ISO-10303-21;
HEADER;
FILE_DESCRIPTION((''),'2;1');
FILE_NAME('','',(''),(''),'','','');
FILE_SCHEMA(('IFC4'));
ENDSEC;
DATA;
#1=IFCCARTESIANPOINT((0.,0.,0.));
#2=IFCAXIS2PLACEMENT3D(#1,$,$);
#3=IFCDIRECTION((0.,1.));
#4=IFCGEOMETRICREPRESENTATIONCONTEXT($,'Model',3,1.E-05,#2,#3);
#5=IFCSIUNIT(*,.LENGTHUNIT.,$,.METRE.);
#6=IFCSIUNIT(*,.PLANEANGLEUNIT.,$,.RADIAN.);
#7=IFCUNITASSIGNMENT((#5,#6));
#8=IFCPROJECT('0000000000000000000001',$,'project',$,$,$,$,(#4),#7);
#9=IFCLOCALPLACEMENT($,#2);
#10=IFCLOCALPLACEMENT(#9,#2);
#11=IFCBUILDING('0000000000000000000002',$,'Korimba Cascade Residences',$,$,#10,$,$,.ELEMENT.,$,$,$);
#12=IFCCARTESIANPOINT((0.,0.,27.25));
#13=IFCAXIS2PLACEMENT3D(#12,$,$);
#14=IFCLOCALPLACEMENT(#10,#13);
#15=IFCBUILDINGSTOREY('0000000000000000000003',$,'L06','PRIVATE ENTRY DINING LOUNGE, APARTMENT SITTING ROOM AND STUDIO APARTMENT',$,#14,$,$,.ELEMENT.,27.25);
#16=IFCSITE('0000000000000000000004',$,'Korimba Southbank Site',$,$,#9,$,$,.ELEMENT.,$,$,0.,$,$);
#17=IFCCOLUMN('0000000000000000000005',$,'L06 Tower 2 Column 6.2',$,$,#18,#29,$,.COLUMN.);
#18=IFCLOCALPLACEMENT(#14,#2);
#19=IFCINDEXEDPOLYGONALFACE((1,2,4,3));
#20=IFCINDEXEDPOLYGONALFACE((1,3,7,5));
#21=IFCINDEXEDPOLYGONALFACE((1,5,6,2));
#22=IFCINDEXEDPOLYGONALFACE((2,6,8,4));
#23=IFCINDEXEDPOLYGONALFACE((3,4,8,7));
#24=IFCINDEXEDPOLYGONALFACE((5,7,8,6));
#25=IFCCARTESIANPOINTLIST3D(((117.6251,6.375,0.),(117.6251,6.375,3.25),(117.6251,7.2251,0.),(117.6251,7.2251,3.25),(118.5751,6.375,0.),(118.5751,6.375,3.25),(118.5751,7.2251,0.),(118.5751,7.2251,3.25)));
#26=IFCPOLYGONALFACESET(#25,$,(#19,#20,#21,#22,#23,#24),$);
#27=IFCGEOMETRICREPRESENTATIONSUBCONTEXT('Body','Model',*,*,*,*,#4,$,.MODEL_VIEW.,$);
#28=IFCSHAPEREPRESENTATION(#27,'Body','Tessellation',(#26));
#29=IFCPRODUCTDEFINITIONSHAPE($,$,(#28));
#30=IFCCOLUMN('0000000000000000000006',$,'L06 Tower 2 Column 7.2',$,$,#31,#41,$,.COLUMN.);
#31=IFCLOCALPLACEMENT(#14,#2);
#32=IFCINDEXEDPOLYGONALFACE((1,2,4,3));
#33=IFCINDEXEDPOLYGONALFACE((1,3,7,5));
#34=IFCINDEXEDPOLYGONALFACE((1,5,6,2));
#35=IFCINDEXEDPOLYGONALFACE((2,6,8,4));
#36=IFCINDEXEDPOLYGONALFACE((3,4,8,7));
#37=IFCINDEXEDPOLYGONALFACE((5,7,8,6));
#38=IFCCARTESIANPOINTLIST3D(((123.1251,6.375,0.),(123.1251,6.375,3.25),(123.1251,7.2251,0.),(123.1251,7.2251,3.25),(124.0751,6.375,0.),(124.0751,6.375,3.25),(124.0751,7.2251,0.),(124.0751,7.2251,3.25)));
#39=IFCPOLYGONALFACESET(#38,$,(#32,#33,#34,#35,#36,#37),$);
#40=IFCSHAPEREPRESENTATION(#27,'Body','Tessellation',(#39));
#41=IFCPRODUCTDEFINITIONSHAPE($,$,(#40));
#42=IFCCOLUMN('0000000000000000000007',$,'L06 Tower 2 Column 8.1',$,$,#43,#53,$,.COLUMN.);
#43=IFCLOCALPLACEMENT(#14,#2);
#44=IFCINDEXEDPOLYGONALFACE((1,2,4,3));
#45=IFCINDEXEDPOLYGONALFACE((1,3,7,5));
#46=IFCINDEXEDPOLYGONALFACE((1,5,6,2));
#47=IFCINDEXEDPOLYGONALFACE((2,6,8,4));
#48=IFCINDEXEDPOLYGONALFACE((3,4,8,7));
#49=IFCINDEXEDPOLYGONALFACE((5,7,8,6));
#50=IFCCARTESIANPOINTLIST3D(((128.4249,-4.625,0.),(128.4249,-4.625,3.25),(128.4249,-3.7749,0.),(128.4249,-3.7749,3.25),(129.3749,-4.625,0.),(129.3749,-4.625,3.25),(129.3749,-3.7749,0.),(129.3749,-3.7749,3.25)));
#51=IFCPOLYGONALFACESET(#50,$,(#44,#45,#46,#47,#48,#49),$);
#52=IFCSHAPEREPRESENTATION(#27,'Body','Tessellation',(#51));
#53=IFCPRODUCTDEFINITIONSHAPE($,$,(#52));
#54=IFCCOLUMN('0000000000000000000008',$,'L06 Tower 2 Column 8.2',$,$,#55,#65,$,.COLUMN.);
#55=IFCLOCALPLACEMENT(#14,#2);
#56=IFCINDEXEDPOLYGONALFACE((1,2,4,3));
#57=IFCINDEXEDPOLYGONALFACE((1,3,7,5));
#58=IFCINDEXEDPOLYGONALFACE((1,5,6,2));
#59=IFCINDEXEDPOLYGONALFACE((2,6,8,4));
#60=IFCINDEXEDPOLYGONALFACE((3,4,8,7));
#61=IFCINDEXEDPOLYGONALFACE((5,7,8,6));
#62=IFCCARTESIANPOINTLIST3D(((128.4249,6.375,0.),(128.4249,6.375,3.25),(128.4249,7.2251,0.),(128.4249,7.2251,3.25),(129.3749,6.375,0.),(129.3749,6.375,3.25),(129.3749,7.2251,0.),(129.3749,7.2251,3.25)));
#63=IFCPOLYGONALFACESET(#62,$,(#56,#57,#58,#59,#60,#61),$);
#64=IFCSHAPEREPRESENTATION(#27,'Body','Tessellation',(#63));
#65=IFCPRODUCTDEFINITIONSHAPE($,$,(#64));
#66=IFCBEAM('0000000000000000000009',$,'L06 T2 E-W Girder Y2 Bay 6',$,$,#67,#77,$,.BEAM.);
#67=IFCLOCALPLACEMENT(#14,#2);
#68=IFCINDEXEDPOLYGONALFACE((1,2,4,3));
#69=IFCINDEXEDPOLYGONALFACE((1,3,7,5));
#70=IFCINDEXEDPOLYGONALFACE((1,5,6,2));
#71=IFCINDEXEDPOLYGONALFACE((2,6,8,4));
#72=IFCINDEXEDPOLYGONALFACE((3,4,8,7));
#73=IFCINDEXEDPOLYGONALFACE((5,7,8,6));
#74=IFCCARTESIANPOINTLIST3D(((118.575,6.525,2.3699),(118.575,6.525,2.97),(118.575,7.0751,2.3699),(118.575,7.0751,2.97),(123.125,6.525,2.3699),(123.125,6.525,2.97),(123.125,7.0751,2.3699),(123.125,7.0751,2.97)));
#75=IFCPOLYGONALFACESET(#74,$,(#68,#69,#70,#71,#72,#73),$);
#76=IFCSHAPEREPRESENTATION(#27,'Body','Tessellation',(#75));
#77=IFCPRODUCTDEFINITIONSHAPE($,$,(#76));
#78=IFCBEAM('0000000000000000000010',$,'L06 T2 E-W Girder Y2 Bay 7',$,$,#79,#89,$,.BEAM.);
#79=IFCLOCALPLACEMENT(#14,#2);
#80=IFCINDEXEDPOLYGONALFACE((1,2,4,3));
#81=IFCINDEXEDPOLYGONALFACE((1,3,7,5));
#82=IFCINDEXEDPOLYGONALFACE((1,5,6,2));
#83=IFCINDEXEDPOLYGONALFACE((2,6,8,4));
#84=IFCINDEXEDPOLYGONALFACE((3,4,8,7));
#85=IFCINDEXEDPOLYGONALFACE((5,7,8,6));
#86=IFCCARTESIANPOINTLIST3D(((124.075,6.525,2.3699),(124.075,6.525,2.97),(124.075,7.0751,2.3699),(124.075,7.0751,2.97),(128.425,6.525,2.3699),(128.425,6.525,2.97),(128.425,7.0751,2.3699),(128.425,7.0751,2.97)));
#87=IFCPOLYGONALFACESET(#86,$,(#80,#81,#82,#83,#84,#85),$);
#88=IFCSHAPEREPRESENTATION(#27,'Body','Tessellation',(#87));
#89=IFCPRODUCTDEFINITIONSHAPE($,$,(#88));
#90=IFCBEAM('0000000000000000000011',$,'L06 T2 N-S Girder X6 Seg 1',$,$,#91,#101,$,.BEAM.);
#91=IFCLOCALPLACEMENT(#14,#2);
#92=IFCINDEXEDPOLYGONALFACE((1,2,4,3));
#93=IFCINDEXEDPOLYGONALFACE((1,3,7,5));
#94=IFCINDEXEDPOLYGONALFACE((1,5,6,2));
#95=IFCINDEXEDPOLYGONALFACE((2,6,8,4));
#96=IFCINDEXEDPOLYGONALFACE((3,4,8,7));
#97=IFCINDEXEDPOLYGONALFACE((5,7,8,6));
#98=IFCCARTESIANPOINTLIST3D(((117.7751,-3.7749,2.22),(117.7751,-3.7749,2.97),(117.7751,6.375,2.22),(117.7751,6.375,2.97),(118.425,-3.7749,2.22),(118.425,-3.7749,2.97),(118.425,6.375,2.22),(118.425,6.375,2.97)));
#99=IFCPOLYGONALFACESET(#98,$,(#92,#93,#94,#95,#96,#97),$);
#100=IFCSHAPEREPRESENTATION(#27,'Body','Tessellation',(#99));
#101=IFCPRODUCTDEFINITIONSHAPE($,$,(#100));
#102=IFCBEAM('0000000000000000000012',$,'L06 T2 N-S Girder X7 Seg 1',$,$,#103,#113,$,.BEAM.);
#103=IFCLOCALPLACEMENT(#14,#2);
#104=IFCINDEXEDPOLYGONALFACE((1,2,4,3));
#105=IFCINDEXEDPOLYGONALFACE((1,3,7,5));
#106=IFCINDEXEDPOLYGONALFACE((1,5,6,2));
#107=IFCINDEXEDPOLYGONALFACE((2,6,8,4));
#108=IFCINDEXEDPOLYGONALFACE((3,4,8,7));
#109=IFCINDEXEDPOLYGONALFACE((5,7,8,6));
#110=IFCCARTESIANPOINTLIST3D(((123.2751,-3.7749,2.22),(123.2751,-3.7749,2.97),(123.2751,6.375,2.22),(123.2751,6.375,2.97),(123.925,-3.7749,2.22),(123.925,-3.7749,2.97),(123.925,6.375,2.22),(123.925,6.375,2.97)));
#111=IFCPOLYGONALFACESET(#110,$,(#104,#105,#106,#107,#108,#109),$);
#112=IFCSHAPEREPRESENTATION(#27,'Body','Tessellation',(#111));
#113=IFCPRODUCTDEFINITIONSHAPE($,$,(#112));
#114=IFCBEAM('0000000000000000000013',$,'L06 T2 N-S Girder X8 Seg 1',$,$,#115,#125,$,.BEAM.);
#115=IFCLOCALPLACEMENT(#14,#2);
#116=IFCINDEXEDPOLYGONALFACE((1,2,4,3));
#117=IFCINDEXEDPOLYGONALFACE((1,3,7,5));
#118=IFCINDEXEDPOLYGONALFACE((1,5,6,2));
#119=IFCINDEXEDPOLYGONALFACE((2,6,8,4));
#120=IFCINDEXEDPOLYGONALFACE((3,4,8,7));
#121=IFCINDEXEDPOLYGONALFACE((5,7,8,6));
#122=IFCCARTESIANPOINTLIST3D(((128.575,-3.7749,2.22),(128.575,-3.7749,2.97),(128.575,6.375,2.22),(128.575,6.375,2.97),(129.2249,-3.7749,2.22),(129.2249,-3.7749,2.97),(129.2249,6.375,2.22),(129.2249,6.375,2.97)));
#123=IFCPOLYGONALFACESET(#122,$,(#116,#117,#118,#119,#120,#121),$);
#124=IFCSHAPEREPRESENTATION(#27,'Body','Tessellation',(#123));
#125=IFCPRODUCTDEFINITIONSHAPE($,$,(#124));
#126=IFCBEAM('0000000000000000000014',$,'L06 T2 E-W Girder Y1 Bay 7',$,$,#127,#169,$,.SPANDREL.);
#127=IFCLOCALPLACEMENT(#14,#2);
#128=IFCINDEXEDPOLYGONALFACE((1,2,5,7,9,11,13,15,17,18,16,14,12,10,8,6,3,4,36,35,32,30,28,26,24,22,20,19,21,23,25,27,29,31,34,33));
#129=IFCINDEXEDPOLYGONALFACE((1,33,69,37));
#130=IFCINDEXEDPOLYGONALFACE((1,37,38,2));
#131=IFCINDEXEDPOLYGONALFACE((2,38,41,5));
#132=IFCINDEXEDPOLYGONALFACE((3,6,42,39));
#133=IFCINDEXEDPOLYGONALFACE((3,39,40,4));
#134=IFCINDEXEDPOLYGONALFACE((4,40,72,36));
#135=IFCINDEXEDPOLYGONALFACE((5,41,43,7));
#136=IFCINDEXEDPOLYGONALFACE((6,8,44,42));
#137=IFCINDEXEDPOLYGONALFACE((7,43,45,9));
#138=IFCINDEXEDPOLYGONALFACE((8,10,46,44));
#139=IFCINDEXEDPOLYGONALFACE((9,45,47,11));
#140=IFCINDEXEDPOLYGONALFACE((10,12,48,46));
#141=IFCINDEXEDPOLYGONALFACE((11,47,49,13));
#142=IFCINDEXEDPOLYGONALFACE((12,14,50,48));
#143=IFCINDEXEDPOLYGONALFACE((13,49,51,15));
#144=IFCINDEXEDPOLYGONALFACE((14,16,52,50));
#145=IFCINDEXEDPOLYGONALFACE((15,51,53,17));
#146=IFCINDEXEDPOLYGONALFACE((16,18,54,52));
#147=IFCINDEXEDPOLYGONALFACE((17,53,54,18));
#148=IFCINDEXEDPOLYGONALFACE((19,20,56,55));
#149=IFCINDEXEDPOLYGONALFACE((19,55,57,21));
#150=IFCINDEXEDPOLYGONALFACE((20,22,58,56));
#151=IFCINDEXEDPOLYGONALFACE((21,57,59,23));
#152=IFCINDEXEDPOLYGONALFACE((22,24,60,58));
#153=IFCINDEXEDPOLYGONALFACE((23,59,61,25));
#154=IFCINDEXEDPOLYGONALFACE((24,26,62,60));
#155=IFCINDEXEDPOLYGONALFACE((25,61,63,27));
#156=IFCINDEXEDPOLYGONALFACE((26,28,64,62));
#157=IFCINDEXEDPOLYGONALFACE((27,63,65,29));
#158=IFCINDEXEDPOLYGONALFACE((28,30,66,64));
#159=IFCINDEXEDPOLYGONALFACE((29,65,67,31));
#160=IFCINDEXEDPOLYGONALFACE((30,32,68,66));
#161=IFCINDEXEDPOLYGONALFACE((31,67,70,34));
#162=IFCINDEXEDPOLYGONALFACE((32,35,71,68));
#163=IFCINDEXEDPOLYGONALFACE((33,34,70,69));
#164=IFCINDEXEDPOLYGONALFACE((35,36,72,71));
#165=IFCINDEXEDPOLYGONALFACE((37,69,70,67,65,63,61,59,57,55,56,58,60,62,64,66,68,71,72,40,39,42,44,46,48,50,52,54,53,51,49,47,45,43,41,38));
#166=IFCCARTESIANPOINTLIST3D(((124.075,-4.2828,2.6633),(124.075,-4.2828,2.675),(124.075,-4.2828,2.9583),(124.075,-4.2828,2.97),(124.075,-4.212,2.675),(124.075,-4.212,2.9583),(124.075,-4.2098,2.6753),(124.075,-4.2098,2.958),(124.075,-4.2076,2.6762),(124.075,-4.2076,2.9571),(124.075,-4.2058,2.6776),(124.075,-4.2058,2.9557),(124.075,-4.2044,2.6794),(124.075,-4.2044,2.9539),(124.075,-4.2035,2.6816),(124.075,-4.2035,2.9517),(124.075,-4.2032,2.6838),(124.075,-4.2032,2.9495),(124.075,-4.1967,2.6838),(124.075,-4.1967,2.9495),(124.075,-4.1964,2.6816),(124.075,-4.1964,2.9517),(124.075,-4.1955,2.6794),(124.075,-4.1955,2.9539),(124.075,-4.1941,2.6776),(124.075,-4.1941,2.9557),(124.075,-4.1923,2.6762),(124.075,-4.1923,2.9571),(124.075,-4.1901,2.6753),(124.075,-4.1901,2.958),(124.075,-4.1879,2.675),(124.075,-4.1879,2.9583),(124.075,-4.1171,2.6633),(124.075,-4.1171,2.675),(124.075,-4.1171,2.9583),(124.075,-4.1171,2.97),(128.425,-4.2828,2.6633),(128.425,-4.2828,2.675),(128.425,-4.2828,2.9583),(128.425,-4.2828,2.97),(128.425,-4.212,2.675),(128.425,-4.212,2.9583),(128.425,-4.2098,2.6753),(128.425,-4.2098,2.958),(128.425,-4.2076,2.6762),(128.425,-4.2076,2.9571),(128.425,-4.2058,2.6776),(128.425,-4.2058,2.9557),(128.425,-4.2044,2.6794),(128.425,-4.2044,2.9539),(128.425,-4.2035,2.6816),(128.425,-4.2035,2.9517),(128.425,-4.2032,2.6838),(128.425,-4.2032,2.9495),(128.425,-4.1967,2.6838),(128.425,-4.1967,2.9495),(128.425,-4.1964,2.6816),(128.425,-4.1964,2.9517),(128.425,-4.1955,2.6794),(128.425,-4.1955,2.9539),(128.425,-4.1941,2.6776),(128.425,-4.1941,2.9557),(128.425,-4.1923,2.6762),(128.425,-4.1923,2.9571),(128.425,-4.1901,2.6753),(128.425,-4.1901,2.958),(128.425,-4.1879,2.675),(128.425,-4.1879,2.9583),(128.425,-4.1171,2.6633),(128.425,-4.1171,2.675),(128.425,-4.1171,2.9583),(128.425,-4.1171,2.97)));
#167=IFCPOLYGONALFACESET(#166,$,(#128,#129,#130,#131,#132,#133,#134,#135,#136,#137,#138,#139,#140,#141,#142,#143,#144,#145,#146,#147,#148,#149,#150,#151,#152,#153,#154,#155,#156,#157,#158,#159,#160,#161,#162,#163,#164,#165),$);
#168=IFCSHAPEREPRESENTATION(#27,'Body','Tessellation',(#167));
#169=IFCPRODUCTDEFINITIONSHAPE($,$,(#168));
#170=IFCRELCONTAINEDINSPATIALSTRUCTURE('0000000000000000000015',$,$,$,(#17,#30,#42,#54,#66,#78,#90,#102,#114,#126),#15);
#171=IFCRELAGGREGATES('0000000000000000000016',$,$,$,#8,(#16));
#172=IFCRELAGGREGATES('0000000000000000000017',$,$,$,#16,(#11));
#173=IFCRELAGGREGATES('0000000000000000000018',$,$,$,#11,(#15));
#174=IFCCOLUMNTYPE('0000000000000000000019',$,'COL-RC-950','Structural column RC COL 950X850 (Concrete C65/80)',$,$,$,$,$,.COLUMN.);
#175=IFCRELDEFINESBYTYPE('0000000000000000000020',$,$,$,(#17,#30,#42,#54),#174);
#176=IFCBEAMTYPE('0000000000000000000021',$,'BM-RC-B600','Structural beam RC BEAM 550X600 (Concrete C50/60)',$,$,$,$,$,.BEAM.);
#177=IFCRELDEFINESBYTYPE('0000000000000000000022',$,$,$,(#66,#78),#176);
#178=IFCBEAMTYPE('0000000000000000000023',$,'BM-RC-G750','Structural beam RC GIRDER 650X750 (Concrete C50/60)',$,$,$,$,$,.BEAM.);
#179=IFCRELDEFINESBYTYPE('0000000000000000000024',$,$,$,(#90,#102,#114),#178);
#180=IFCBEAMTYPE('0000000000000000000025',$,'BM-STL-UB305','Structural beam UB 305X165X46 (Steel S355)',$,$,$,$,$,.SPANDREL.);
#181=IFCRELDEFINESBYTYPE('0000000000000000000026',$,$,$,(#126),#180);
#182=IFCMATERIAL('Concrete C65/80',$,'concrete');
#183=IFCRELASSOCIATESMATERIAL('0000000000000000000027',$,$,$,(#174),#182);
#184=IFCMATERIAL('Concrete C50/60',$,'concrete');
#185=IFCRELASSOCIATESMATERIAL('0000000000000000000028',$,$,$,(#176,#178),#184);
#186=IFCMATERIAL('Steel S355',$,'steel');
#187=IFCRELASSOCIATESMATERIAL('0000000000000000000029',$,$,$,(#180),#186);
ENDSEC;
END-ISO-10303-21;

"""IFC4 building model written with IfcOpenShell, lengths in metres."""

from ifc_helpers import new_model, si_unit, direction, frame, origin, origin_2d, place, context, subcontext, project, spatial, rectangle, i_section, extrude, material, material_profile, profile_set, type_object, element, save


model = new_model("IFC4")

# Units and contexts
model_context = context("Model", 3, precision=1e-05, world=origin(), true_north=direction((0.0, 1.0)))
body_context = subcontext(model_context, "Body", "Model", "MODEL_VIEW")
ifc_project = project(units=[si_unit("LENGTHUNIT", "METRE"), si_unit("PLANEANGLEUNIT", "RADIAN")], contexts=[model_context])

# Site, building, storey
site_placement = place(None, origin())
site = spatial("IfcSite", under=ifc_project, at=site_placement, Name="Korimba Southbank Site", CompositionType="ELEMENT", RefElevation=0.0)
building_placement = place(site_placement, origin())
building = spatial("IfcBuilding", under=site, at=building_placement, Name="Korimba Cascade Residences", CompositionType="ELEMENT")
storey_placement = place(building_placement, frame((0.0, 0.0, 27.25)))
storey = spatial("IfcBuildingStorey", under=building, at=storey_placement, Name="L06", Description="PRIVATE ENTRY DINING LOUNGE, APARTMENT SITTING ROOM AND STUDIO APARTMENT", CompositionType="ELEMENT", Elevation=27.25)

# Columns
ifc_material_1 = material(Name="Concrete C65/80", Category="concrete")
ifc_material_profile_1 = material_profile(ifc_material_1, rectangle(XDim=0.95, YDim=0.8501, at=origin_2d()), Name="Concrete C65/80")
ifc_profile_set_1 = profile_set([ifc_material_profile_1], Name="Concrete C65/80")
column_type = type_object("IfcColumnType", Name="COL-RC-950", Description="Structural column RC COL 950X850 (Concrete C65/80)", PredefinedType="COLUMN", material=ifc_profile_set_1)
for number, where, z_axis, x_axis, name in (
    (1, (118.1001, 6.8, 0.0), (0.0, 0.0, 1.0), (1.0, 0.0, 0.0), "L06 Tower 2 Column 6.2"),
    (2, (123.6001, 6.8, 0.0), (0.0, 0.0, 1.0), (1.0, 0.0, 0.0), "L06 Tower 2 Column 7.2"),
    (3, (128.8999, -4.2, 0.0), (0.0, 0.0, 1.0), (1.0, 0.0, 0.0), "L06 Tower 2 Column 8.1"),
    (4, (128.8999, 6.8, 0.0), (0.0, 0.0, 1.0), (1.0, 0.0, 0.0), "L06 Tower 2 Column 8.2"),
):
    element("IfcColumn", number, at=place(storey_placement, frame(where, z_axis=z_axis, x_axis=x_axis)), inside=storey, type_object=column_type, Name=name, PredefinedType="COLUMN", context=body_context, shape_type="SweptSolid", body=[
        extrude(rectangle(XDim=0.95, YDim=0.8501, at=origin_2d()), origin(), (0.0, 0.0, 1.0), 3.25),
    ])

# Beams
ifc_material_2 = material(Name="Concrete C50/60", Category="concrete")
ifc_material_profile_2 = material_profile(ifc_material_2, rectangle(XDim=0.55, YDim=0.6001, at=origin_2d()), Name="Concrete C50/60")
ifc_profile_set_2 = profile_set([ifc_material_profile_2], Name="Concrete C50/60")
beam_type_1 = type_object("IfcBeamType", Name="BM-RC-B600", Description="Structural beam RC BEAM 550X600 (Concrete C50/60)", PredefinedType="BEAM", material=ifc_profile_set_2)
beam_1_placement = place(storey_placement, frame((118.575, 6.8, 2.6699), z_axis=(1.0, 0.0, 0.0), x_axis=(0.0, 1.0, 0.0)))
element("IfcBeam", 5, at=beam_1_placement, inside=storey, type_object=beam_type_1, Name="L06 T2 E-W Girder Y2 Bay 6", PredefinedType="BEAM", context=body_context, shape_type="SweptSolid", body=[
    extrude(rectangle(XDim=0.55, YDim=0.6001, at=origin_2d()), origin(), (0.0, 0.0, 1.0), 4.55),
])
beam_2_placement = place(storey_placement, frame((124.075, 6.8, 2.6699), z_axis=(1.0, 0.0, 0.0), x_axis=(0.0, 1.0, 0.0)))
element("IfcBeam", 6, at=beam_2_placement, inside=storey, type_object=beam_type_1, Name="L06 T2 E-W Girder Y2 Bay 7", PredefinedType="BEAM", context=body_context, shape_type="SweptSolid", body=[
    extrude(rectangle(XDim=0.55, YDim=0.6001, at=origin_2d()), origin(), (0.0, 0.0, 1.0), 4.3501),
])
ifc_material_profile_3 = material_profile(ifc_material_2, rectangle(XDim=0.6499, YDim=0.75, at=origin_2d()), Name="Concrete C50/60")
ifc_profile_set_3 = profile_set([ifc_material_profile_3], Name="Concrete C50/60")
beam_type_2 = type_object("IfcBeamType", Name="BM-RC-G750", Description="Structural beam RC GIRDER 650X750 (Concrete C50/60)", PredefinedType="BEAM", material=ifc_profile_set_3)
for number, where, z_axis, x_axis, name in (
    (7, (118.1001, -3.7749, 2.595), (0.0, 1.0, 0.0), (-1.0, 0.0, 0.0), "L06 T2 N-S Girder X6 Seg 1"),
    (8, (123.6001, -3.7749, 2.595), (0.0, 1.0, 0.0), (-1.0, 0.0, 0.0), "L06 T2 N-S Girder X7 Seg 1"),
    (9, (128.8999, -3.7749, 2.595), (0.0, 1.0, 0.0), (-1.0, 0.0, 0.0), "L06 T2 N-S Girder X8 Seg 1"),
):
    element("IfcBeam", number, at=place(storey_placement, frame(where, z_axis=z_axis, x_axis=x_axis)), inside=storey, type_object=beam_type_2, Name=name, PredefinedType="BEAM", context=body_context, shape_type="SweptSolid", body=[
        extrude(rectangle(XDim=0.6499, YDim=0.75, at=origin_2d()), origin(), (0.0, 0.0, 1.0), 10.1499),
    ])
ifc_material_3 = material(Name="Steel S355", Category="steel")
ifc_material_profile_4 = material_profile(ifc_material_3, i_section(OverallWidth=0.1658, OverallDepth=0.3066, WebThickness=0.0066, FlangeThickness=0.0117, FilletRadius=0.0088, at=origin_2d()), Name="Steel S355")
ifc_profile_set_4 = profile_set([ifc_material_profile_4], Name="Steel S355")
beam_type_3 = type_object("IfcBeamType", Name="BM-STL-UB305", Description="Structural beam UB 305X165X46 (Steel S355)", PredefinedType="SPANDREL", material=ifc_profile_set_4)
beam_3_placement = place(storey_placement, frame((124.075, -4.2, 2.8167), z_axis=(1.0, 0.0, 0.0), x_axis=(0.0, 1.0, 0.0)))
element("IfcBeam", 10, at=beam_3_placement, inside=storey, type_object=beam_type_3, Name="L06 T2 E-W Girder Y1 Bay 7", PredefinedType="SPANDREL", context=body_context, shape_type="SweptSolid", body=[
    extrude(i_section(OverallWidth=0.1658, OverallDepth=0.3066, WebThickness=0.0066, FlangeThickness=0.0117, FilletRadius=0.0088, at=origin_2d()), origin(), (0.0, 0.0, 1.0), 4.3501),
])

save(model, "model.ifc")
